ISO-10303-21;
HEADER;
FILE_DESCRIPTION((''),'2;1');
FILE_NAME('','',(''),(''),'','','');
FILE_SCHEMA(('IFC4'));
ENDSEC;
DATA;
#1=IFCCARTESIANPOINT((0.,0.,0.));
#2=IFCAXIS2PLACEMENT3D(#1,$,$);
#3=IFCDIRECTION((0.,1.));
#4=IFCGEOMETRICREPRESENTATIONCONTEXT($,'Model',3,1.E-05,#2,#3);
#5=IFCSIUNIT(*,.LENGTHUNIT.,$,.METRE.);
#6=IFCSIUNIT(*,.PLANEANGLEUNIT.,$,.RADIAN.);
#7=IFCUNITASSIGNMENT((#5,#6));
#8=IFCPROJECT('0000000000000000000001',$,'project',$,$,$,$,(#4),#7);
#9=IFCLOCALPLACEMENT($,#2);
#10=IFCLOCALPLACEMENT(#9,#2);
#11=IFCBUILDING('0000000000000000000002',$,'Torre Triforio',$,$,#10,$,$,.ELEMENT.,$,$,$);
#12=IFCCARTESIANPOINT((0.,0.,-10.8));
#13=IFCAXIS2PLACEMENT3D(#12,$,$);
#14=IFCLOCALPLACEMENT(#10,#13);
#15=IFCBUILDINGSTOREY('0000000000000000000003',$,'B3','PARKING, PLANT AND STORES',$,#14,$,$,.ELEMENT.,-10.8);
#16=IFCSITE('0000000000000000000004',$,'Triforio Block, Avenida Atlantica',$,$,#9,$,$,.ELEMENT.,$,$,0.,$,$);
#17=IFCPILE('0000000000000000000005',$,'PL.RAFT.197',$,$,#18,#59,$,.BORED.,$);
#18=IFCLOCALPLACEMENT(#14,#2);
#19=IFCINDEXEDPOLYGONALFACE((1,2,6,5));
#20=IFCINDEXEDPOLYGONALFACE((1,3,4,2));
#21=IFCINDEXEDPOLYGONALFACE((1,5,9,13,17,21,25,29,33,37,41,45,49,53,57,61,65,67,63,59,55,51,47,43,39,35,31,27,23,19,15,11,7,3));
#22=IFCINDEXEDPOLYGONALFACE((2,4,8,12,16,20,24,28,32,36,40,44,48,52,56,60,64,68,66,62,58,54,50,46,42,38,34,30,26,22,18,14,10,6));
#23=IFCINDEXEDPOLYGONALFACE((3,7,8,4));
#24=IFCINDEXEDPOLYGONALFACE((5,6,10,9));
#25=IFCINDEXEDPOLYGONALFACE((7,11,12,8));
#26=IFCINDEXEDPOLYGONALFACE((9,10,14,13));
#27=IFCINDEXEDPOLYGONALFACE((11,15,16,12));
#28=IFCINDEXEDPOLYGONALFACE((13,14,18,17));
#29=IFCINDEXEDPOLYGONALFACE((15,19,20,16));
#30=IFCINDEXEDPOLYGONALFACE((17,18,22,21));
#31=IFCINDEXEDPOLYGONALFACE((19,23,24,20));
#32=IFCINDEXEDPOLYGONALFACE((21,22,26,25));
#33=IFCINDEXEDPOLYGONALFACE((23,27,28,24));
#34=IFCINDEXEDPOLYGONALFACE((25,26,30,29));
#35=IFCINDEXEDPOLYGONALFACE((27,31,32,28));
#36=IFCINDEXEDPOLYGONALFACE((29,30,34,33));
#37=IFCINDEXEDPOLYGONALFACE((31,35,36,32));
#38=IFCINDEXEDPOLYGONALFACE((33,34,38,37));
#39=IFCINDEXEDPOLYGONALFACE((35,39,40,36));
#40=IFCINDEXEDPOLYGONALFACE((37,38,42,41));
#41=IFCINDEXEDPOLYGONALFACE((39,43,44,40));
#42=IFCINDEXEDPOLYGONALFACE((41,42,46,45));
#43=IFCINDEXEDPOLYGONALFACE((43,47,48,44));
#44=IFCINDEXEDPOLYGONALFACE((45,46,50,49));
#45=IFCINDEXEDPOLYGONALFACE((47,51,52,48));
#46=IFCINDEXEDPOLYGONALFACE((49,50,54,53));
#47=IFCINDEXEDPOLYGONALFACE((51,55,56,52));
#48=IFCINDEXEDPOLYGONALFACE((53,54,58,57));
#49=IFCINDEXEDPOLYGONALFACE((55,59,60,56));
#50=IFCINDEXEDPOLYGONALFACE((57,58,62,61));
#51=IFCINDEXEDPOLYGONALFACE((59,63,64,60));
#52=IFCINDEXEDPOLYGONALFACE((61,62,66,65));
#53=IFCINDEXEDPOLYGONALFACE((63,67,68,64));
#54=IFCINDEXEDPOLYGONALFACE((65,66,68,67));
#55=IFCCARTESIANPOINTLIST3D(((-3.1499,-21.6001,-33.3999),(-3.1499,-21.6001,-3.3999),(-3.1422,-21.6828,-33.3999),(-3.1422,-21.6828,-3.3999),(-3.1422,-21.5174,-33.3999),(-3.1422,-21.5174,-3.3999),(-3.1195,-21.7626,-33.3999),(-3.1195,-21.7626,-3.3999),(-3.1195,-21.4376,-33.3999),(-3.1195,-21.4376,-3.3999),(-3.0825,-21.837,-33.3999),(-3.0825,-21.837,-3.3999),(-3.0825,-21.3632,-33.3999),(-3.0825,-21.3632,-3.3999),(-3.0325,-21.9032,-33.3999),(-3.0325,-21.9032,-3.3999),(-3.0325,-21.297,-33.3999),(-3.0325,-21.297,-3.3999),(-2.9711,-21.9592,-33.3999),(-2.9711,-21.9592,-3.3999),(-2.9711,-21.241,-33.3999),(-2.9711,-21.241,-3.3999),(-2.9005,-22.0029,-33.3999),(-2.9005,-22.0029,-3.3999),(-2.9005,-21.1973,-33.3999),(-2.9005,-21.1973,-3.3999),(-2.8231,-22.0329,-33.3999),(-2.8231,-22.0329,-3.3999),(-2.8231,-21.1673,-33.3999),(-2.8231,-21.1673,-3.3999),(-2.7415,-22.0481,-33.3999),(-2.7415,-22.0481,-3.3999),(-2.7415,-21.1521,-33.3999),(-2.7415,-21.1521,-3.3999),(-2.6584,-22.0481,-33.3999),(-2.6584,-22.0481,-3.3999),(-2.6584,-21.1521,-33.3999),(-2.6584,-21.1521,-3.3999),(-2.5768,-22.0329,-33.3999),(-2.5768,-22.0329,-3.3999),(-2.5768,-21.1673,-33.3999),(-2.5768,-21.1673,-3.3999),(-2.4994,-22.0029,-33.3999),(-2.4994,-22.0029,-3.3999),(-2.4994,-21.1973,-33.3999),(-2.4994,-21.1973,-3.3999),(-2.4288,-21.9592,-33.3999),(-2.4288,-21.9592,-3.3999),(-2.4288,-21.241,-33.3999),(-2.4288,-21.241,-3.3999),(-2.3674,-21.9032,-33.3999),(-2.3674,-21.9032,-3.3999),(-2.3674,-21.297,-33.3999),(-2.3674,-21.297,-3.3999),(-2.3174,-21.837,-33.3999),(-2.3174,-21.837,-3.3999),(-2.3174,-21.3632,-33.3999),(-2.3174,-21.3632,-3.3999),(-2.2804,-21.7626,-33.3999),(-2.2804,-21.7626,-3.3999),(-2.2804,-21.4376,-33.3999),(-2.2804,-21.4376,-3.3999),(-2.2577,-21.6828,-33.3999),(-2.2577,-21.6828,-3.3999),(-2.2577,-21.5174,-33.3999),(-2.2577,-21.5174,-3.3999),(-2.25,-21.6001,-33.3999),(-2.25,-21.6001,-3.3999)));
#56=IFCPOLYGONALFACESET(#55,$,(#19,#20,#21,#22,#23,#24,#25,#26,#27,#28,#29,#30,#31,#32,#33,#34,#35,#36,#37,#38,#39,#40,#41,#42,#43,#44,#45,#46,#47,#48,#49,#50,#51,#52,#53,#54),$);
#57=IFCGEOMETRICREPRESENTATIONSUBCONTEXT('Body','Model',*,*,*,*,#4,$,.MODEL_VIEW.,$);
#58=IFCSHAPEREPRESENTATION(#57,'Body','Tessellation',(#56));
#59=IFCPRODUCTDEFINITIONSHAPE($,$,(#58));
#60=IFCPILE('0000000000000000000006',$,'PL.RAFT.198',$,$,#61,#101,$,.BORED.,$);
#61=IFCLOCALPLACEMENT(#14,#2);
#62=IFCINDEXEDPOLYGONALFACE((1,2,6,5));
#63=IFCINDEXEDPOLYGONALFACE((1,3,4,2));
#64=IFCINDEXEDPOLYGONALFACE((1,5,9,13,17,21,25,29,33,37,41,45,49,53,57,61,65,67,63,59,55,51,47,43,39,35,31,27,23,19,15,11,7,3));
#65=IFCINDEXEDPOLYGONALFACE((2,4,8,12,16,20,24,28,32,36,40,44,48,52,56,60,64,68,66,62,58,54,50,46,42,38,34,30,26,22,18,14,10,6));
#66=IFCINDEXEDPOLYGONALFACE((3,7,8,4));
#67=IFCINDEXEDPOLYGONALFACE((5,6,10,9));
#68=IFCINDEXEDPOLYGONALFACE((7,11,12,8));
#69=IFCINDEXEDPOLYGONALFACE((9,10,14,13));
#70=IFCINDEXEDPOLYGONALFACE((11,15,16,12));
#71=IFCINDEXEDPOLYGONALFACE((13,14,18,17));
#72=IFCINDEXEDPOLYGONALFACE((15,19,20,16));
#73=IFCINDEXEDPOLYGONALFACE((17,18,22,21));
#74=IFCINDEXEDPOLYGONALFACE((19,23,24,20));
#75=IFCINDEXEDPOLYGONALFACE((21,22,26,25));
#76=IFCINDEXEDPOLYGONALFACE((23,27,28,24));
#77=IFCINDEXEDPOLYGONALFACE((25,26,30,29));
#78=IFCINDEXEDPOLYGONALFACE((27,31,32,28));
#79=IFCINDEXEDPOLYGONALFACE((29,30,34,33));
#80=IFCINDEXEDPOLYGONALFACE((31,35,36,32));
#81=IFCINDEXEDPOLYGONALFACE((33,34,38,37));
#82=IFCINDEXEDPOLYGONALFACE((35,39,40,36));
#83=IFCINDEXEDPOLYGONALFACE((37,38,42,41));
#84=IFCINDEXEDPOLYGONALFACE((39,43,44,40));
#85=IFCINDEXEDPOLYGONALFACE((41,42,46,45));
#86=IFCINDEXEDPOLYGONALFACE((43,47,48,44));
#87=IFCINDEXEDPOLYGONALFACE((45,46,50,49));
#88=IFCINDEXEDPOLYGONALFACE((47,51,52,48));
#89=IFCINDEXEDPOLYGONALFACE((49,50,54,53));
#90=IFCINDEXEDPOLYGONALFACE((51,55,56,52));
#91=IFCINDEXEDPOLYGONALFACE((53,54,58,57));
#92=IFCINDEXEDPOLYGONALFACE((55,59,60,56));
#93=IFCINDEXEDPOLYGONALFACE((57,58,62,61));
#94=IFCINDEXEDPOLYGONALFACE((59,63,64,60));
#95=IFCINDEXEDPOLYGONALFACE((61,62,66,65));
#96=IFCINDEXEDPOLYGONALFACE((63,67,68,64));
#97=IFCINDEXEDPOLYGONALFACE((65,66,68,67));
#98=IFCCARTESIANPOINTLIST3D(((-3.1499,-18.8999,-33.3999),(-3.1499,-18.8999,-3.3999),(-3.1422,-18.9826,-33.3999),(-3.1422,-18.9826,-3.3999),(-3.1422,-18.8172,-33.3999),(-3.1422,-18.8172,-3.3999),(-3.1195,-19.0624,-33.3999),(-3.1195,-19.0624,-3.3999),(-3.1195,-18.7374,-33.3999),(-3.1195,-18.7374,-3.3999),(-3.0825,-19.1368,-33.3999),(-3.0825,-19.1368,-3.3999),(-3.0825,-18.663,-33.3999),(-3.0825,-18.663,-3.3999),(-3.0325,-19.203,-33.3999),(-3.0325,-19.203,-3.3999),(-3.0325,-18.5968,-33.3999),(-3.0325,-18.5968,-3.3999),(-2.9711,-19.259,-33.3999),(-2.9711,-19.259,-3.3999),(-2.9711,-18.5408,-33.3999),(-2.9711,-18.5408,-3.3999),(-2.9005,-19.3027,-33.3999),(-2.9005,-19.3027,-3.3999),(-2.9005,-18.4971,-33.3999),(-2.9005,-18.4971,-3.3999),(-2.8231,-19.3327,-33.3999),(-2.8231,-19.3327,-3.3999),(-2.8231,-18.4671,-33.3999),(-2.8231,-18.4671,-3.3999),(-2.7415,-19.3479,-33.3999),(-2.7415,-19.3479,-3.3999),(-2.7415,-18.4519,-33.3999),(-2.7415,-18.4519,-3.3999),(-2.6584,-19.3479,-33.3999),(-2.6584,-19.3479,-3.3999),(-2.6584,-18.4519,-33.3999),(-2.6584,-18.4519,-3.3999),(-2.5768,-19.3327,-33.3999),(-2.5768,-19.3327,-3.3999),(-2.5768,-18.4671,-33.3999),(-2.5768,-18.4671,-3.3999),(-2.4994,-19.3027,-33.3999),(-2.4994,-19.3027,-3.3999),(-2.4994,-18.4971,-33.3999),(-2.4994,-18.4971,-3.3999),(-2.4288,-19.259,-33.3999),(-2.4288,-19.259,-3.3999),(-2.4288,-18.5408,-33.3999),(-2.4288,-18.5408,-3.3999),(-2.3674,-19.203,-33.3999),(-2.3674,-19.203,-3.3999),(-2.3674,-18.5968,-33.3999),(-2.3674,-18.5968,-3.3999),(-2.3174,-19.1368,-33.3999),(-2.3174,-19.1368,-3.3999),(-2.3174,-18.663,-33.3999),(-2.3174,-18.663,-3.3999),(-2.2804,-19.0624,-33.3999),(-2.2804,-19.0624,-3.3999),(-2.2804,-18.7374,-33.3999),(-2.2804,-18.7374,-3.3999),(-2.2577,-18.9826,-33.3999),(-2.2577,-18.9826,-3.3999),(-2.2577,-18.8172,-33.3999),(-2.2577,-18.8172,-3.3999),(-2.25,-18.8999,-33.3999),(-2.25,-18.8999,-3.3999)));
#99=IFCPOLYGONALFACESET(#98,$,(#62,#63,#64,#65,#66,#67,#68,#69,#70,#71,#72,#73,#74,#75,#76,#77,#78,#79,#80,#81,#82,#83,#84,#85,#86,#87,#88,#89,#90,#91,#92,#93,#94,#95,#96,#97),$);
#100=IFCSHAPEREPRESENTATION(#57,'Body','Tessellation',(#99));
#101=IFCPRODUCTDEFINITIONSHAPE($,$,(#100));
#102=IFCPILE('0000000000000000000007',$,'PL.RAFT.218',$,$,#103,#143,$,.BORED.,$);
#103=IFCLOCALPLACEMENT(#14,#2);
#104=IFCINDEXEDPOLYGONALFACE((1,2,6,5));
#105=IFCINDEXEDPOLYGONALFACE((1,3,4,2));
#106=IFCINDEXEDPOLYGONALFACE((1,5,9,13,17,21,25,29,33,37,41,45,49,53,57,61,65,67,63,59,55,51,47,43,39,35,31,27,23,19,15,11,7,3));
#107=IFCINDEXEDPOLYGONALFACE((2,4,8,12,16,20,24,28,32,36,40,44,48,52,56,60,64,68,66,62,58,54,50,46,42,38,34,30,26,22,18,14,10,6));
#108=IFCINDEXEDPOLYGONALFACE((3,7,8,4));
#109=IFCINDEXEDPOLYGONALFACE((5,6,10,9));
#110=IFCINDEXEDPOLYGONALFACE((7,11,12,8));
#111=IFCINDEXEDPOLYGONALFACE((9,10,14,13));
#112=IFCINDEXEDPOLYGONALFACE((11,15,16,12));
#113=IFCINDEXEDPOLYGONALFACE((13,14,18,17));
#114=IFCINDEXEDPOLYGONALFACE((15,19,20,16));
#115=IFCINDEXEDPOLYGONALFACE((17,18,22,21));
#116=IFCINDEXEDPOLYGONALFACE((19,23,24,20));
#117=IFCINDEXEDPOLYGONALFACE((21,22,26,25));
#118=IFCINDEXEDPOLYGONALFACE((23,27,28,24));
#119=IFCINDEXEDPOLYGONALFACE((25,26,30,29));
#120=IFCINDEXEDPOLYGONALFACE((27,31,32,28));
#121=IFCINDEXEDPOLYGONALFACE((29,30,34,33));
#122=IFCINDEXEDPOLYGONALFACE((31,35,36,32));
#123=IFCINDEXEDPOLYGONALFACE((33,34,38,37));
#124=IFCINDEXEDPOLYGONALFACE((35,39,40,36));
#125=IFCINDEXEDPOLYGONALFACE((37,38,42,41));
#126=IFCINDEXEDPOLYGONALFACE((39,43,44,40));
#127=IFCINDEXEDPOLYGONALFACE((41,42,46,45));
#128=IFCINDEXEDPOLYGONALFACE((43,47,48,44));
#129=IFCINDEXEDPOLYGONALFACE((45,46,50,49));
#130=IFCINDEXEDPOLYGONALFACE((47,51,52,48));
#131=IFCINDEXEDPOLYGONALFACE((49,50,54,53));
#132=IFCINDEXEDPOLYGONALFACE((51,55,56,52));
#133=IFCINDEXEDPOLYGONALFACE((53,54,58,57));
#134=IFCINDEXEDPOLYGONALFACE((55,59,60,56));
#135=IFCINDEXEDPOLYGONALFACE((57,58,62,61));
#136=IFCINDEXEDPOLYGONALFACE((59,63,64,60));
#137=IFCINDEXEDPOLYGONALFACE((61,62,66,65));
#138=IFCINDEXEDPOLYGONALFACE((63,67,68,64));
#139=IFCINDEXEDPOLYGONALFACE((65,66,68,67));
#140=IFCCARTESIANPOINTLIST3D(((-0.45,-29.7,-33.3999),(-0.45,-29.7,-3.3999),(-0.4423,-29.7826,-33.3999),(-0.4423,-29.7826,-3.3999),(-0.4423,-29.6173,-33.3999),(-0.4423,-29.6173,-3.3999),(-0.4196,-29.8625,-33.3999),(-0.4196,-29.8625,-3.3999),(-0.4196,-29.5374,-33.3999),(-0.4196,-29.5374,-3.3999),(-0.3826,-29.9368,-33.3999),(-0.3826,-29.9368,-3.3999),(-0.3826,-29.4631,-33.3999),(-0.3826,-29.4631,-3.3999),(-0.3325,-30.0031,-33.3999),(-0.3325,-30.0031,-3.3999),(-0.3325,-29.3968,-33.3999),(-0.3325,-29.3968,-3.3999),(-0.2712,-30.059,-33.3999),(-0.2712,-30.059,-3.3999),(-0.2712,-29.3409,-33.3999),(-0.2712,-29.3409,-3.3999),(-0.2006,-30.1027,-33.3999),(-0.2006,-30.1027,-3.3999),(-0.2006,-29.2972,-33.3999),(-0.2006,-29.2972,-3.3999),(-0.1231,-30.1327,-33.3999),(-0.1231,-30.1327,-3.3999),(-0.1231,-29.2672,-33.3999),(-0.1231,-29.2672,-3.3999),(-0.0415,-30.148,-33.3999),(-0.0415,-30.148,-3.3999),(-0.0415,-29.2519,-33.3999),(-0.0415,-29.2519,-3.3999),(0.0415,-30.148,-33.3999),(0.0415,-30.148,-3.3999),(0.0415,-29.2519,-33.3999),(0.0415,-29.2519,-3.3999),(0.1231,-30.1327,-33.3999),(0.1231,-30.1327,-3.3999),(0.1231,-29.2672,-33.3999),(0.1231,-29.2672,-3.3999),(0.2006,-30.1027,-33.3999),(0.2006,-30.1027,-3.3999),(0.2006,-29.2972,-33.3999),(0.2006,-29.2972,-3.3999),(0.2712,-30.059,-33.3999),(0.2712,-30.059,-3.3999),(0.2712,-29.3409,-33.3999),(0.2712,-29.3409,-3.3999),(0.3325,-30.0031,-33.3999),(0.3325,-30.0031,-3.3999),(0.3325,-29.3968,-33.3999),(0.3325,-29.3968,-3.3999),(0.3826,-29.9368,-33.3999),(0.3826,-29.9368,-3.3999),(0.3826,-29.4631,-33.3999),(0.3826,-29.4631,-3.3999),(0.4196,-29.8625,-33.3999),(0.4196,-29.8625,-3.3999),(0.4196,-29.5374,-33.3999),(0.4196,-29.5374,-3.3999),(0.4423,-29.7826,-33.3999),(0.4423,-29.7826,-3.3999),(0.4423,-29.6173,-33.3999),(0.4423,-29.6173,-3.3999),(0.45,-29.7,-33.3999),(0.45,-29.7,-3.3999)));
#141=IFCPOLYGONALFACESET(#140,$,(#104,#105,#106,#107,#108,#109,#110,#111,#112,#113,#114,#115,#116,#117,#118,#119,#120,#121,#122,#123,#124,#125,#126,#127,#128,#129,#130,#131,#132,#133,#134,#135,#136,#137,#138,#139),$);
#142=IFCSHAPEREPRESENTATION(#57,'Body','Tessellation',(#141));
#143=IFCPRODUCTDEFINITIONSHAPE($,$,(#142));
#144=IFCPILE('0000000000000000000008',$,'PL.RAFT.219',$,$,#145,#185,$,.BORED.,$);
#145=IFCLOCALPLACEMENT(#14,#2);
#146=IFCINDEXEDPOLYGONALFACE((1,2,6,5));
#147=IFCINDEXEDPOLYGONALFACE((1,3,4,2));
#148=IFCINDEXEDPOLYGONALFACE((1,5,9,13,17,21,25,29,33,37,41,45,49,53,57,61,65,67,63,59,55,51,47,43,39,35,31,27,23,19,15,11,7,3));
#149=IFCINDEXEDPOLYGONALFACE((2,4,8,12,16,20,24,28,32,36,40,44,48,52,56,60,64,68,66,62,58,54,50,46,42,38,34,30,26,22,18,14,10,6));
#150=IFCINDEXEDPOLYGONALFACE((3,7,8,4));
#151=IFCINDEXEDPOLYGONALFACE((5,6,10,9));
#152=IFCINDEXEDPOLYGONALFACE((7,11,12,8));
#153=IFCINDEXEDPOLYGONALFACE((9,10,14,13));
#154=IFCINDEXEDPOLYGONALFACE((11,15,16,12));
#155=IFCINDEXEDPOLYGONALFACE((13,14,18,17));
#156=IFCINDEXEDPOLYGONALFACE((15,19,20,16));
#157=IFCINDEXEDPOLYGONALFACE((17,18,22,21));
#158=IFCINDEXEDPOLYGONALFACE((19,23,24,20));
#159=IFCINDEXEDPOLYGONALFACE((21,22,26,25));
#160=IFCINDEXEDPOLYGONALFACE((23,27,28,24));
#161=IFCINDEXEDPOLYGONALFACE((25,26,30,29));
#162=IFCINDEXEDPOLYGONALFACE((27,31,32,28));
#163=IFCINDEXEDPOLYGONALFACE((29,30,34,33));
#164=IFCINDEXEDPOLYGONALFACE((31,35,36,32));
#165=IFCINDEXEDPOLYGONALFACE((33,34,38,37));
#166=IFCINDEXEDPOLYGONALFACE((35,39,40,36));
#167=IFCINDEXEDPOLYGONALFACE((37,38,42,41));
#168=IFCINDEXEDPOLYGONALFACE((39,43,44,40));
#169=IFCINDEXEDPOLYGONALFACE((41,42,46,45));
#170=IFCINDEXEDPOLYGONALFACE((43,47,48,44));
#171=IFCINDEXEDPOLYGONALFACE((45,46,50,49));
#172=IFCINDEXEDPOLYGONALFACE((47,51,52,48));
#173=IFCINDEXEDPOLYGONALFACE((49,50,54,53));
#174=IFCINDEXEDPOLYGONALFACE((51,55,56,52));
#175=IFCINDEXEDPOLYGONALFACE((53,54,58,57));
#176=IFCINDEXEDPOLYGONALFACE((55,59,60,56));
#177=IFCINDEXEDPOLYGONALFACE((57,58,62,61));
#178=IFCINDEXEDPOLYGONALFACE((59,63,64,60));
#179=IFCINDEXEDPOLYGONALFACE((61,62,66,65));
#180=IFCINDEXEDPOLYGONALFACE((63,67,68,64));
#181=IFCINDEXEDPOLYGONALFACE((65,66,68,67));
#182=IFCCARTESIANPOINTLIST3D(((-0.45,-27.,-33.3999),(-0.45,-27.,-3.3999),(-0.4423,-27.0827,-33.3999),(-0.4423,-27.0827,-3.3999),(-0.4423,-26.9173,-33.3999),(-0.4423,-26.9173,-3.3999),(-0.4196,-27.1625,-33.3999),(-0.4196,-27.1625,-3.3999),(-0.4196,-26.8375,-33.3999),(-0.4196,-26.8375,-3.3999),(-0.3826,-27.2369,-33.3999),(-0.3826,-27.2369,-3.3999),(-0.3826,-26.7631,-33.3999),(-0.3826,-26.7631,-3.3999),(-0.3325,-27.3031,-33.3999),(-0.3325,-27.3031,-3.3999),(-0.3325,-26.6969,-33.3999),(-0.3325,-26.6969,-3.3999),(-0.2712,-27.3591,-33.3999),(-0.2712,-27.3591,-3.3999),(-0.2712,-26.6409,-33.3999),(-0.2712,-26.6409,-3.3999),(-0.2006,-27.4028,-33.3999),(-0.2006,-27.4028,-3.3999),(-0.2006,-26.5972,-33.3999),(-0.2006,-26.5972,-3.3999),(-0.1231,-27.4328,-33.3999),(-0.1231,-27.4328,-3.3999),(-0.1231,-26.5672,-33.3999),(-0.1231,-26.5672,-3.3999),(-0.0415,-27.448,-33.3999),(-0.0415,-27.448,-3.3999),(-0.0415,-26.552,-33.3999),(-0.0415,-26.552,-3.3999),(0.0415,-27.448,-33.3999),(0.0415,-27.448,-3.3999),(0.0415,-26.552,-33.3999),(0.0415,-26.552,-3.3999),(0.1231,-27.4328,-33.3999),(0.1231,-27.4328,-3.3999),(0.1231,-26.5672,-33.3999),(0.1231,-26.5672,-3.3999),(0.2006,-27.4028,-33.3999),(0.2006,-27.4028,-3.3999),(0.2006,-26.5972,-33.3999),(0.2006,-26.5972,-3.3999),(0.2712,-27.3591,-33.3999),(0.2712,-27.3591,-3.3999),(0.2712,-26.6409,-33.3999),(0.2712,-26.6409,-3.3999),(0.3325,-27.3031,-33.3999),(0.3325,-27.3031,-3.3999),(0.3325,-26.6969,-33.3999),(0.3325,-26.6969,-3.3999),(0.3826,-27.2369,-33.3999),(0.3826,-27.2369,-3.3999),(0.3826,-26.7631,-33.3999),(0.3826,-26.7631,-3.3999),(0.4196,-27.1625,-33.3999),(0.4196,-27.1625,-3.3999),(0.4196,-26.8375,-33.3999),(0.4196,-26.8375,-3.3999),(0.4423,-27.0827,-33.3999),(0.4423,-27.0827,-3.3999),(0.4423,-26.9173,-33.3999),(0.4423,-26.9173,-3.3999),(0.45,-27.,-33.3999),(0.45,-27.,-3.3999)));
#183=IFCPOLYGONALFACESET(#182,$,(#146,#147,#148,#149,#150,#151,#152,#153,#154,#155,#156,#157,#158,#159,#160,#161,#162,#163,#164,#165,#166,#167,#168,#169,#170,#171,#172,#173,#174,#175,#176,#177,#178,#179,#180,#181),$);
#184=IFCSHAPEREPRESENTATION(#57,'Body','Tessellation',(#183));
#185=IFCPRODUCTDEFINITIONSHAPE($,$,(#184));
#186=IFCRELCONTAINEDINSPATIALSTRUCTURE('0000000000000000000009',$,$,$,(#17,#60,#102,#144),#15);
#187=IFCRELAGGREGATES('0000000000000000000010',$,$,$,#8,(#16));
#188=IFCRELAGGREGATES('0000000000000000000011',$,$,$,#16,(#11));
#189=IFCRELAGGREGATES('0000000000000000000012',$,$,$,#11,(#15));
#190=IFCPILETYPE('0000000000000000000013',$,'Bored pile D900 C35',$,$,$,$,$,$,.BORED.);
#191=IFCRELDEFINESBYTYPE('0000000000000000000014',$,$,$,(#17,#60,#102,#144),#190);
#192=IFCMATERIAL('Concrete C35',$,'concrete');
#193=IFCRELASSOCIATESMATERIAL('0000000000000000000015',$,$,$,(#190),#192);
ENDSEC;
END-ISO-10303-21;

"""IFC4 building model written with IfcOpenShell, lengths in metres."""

from ifc_helpers import new_model, si_unit, direction, frame, origin, origin_2d, place, context, subcontext, project, spatial, circle, extrude, material, material_profile, profile_set, type_object, element, save


model = new_model("IFC4")

# Units and contexts
model_context = context("Model", 3, precision=1e-05, world=origin(), true_north=direction((0.0, 1.0)))
body_context = subcontext(model_context, "Body", "Model", "MODEL_VIEW")
ifc_project = project(units=[si_unit("LENGTHUNIT", "METRE"), si_unit("PLANEANGLEUNIT", "RADIAN")], contexts=[model_context])

# Site, building, storey
site_placement = place(None, origin())
site = spatial("IfcSite", under=ifc_project, at=site_placement, Name="Triforio Block, Avenida Atlantica", CompositionType="ELEMENT", RefElevation=0.0)
building_placement = place(site_placement, origin())
building = spatial("IfcBuilding", under=site, at=building_placement, Name="Torre Triforio", CompositionType="ELEMENT")
storey_placement = place(building_placement, frame((0.0, 0.0, -10.8)))
storey = spatial("IfcBuildingStorey", under=building, at=storey_placement, Name="B3", Description="PARKING, PLANT AND STORES", CompositionType="ELEMENT", Elevation=-10.8)

# Piles
ifc_material_1 = material(Name="Concrete C35", Category="concrete")
ifc_material_profile_1 = material_profile(ifc_material_1, circle(Radius=0.45, at=origin_2d()), Name="RC D900")
ifc_profile_set_1 = profile_set([ifc_material_profile_1], Name="Concrete C35")
pile_type = type_object("IfcPileType", Name="Bored pile D900 C35", PredefinedType="BORED", material=ifc_profile_set_1)
for number, where, z_axis, x_axis, name in (
    (1, (-2.7, -21.6001, -3.3999), (0.0, 0.0, -1.0), (1.0, 0.0, 0.0), "PL.RAFT.197"),
    (2, (-2.7, -18.8999, -3.3999), (0.0, 0.0, -1.0), (1.0, 0.0, 0.0), "PL.RAFT.198"),
    (3, (0.0, -29.7, -3.3999), (0.0, 0.0, -1.0), (1.0, 0.0, 0.0), "PL.RAFT.218"),
    (4, (0.0, -27.0, -3.3999), (0.0, 0.0, -1.0), (1.0, 0.0, 0.0), "PL.RAFT.219"),
):
    element("IfcPile", number, at=place(storey_placement, frame(where, z_axis=z_axis, x_axis=x_axis)), inside=storey, type_object=pile_type, Name=name, PredefinedType="BORED", context=body_context, shape_type="SweptSolid", body=[
        extrude(circle(Radius=0.45, at=origin_2d()), origin(), (0.0, 0.0, 1.0), 30.0),
    ])

save(model, "model.ifc")
